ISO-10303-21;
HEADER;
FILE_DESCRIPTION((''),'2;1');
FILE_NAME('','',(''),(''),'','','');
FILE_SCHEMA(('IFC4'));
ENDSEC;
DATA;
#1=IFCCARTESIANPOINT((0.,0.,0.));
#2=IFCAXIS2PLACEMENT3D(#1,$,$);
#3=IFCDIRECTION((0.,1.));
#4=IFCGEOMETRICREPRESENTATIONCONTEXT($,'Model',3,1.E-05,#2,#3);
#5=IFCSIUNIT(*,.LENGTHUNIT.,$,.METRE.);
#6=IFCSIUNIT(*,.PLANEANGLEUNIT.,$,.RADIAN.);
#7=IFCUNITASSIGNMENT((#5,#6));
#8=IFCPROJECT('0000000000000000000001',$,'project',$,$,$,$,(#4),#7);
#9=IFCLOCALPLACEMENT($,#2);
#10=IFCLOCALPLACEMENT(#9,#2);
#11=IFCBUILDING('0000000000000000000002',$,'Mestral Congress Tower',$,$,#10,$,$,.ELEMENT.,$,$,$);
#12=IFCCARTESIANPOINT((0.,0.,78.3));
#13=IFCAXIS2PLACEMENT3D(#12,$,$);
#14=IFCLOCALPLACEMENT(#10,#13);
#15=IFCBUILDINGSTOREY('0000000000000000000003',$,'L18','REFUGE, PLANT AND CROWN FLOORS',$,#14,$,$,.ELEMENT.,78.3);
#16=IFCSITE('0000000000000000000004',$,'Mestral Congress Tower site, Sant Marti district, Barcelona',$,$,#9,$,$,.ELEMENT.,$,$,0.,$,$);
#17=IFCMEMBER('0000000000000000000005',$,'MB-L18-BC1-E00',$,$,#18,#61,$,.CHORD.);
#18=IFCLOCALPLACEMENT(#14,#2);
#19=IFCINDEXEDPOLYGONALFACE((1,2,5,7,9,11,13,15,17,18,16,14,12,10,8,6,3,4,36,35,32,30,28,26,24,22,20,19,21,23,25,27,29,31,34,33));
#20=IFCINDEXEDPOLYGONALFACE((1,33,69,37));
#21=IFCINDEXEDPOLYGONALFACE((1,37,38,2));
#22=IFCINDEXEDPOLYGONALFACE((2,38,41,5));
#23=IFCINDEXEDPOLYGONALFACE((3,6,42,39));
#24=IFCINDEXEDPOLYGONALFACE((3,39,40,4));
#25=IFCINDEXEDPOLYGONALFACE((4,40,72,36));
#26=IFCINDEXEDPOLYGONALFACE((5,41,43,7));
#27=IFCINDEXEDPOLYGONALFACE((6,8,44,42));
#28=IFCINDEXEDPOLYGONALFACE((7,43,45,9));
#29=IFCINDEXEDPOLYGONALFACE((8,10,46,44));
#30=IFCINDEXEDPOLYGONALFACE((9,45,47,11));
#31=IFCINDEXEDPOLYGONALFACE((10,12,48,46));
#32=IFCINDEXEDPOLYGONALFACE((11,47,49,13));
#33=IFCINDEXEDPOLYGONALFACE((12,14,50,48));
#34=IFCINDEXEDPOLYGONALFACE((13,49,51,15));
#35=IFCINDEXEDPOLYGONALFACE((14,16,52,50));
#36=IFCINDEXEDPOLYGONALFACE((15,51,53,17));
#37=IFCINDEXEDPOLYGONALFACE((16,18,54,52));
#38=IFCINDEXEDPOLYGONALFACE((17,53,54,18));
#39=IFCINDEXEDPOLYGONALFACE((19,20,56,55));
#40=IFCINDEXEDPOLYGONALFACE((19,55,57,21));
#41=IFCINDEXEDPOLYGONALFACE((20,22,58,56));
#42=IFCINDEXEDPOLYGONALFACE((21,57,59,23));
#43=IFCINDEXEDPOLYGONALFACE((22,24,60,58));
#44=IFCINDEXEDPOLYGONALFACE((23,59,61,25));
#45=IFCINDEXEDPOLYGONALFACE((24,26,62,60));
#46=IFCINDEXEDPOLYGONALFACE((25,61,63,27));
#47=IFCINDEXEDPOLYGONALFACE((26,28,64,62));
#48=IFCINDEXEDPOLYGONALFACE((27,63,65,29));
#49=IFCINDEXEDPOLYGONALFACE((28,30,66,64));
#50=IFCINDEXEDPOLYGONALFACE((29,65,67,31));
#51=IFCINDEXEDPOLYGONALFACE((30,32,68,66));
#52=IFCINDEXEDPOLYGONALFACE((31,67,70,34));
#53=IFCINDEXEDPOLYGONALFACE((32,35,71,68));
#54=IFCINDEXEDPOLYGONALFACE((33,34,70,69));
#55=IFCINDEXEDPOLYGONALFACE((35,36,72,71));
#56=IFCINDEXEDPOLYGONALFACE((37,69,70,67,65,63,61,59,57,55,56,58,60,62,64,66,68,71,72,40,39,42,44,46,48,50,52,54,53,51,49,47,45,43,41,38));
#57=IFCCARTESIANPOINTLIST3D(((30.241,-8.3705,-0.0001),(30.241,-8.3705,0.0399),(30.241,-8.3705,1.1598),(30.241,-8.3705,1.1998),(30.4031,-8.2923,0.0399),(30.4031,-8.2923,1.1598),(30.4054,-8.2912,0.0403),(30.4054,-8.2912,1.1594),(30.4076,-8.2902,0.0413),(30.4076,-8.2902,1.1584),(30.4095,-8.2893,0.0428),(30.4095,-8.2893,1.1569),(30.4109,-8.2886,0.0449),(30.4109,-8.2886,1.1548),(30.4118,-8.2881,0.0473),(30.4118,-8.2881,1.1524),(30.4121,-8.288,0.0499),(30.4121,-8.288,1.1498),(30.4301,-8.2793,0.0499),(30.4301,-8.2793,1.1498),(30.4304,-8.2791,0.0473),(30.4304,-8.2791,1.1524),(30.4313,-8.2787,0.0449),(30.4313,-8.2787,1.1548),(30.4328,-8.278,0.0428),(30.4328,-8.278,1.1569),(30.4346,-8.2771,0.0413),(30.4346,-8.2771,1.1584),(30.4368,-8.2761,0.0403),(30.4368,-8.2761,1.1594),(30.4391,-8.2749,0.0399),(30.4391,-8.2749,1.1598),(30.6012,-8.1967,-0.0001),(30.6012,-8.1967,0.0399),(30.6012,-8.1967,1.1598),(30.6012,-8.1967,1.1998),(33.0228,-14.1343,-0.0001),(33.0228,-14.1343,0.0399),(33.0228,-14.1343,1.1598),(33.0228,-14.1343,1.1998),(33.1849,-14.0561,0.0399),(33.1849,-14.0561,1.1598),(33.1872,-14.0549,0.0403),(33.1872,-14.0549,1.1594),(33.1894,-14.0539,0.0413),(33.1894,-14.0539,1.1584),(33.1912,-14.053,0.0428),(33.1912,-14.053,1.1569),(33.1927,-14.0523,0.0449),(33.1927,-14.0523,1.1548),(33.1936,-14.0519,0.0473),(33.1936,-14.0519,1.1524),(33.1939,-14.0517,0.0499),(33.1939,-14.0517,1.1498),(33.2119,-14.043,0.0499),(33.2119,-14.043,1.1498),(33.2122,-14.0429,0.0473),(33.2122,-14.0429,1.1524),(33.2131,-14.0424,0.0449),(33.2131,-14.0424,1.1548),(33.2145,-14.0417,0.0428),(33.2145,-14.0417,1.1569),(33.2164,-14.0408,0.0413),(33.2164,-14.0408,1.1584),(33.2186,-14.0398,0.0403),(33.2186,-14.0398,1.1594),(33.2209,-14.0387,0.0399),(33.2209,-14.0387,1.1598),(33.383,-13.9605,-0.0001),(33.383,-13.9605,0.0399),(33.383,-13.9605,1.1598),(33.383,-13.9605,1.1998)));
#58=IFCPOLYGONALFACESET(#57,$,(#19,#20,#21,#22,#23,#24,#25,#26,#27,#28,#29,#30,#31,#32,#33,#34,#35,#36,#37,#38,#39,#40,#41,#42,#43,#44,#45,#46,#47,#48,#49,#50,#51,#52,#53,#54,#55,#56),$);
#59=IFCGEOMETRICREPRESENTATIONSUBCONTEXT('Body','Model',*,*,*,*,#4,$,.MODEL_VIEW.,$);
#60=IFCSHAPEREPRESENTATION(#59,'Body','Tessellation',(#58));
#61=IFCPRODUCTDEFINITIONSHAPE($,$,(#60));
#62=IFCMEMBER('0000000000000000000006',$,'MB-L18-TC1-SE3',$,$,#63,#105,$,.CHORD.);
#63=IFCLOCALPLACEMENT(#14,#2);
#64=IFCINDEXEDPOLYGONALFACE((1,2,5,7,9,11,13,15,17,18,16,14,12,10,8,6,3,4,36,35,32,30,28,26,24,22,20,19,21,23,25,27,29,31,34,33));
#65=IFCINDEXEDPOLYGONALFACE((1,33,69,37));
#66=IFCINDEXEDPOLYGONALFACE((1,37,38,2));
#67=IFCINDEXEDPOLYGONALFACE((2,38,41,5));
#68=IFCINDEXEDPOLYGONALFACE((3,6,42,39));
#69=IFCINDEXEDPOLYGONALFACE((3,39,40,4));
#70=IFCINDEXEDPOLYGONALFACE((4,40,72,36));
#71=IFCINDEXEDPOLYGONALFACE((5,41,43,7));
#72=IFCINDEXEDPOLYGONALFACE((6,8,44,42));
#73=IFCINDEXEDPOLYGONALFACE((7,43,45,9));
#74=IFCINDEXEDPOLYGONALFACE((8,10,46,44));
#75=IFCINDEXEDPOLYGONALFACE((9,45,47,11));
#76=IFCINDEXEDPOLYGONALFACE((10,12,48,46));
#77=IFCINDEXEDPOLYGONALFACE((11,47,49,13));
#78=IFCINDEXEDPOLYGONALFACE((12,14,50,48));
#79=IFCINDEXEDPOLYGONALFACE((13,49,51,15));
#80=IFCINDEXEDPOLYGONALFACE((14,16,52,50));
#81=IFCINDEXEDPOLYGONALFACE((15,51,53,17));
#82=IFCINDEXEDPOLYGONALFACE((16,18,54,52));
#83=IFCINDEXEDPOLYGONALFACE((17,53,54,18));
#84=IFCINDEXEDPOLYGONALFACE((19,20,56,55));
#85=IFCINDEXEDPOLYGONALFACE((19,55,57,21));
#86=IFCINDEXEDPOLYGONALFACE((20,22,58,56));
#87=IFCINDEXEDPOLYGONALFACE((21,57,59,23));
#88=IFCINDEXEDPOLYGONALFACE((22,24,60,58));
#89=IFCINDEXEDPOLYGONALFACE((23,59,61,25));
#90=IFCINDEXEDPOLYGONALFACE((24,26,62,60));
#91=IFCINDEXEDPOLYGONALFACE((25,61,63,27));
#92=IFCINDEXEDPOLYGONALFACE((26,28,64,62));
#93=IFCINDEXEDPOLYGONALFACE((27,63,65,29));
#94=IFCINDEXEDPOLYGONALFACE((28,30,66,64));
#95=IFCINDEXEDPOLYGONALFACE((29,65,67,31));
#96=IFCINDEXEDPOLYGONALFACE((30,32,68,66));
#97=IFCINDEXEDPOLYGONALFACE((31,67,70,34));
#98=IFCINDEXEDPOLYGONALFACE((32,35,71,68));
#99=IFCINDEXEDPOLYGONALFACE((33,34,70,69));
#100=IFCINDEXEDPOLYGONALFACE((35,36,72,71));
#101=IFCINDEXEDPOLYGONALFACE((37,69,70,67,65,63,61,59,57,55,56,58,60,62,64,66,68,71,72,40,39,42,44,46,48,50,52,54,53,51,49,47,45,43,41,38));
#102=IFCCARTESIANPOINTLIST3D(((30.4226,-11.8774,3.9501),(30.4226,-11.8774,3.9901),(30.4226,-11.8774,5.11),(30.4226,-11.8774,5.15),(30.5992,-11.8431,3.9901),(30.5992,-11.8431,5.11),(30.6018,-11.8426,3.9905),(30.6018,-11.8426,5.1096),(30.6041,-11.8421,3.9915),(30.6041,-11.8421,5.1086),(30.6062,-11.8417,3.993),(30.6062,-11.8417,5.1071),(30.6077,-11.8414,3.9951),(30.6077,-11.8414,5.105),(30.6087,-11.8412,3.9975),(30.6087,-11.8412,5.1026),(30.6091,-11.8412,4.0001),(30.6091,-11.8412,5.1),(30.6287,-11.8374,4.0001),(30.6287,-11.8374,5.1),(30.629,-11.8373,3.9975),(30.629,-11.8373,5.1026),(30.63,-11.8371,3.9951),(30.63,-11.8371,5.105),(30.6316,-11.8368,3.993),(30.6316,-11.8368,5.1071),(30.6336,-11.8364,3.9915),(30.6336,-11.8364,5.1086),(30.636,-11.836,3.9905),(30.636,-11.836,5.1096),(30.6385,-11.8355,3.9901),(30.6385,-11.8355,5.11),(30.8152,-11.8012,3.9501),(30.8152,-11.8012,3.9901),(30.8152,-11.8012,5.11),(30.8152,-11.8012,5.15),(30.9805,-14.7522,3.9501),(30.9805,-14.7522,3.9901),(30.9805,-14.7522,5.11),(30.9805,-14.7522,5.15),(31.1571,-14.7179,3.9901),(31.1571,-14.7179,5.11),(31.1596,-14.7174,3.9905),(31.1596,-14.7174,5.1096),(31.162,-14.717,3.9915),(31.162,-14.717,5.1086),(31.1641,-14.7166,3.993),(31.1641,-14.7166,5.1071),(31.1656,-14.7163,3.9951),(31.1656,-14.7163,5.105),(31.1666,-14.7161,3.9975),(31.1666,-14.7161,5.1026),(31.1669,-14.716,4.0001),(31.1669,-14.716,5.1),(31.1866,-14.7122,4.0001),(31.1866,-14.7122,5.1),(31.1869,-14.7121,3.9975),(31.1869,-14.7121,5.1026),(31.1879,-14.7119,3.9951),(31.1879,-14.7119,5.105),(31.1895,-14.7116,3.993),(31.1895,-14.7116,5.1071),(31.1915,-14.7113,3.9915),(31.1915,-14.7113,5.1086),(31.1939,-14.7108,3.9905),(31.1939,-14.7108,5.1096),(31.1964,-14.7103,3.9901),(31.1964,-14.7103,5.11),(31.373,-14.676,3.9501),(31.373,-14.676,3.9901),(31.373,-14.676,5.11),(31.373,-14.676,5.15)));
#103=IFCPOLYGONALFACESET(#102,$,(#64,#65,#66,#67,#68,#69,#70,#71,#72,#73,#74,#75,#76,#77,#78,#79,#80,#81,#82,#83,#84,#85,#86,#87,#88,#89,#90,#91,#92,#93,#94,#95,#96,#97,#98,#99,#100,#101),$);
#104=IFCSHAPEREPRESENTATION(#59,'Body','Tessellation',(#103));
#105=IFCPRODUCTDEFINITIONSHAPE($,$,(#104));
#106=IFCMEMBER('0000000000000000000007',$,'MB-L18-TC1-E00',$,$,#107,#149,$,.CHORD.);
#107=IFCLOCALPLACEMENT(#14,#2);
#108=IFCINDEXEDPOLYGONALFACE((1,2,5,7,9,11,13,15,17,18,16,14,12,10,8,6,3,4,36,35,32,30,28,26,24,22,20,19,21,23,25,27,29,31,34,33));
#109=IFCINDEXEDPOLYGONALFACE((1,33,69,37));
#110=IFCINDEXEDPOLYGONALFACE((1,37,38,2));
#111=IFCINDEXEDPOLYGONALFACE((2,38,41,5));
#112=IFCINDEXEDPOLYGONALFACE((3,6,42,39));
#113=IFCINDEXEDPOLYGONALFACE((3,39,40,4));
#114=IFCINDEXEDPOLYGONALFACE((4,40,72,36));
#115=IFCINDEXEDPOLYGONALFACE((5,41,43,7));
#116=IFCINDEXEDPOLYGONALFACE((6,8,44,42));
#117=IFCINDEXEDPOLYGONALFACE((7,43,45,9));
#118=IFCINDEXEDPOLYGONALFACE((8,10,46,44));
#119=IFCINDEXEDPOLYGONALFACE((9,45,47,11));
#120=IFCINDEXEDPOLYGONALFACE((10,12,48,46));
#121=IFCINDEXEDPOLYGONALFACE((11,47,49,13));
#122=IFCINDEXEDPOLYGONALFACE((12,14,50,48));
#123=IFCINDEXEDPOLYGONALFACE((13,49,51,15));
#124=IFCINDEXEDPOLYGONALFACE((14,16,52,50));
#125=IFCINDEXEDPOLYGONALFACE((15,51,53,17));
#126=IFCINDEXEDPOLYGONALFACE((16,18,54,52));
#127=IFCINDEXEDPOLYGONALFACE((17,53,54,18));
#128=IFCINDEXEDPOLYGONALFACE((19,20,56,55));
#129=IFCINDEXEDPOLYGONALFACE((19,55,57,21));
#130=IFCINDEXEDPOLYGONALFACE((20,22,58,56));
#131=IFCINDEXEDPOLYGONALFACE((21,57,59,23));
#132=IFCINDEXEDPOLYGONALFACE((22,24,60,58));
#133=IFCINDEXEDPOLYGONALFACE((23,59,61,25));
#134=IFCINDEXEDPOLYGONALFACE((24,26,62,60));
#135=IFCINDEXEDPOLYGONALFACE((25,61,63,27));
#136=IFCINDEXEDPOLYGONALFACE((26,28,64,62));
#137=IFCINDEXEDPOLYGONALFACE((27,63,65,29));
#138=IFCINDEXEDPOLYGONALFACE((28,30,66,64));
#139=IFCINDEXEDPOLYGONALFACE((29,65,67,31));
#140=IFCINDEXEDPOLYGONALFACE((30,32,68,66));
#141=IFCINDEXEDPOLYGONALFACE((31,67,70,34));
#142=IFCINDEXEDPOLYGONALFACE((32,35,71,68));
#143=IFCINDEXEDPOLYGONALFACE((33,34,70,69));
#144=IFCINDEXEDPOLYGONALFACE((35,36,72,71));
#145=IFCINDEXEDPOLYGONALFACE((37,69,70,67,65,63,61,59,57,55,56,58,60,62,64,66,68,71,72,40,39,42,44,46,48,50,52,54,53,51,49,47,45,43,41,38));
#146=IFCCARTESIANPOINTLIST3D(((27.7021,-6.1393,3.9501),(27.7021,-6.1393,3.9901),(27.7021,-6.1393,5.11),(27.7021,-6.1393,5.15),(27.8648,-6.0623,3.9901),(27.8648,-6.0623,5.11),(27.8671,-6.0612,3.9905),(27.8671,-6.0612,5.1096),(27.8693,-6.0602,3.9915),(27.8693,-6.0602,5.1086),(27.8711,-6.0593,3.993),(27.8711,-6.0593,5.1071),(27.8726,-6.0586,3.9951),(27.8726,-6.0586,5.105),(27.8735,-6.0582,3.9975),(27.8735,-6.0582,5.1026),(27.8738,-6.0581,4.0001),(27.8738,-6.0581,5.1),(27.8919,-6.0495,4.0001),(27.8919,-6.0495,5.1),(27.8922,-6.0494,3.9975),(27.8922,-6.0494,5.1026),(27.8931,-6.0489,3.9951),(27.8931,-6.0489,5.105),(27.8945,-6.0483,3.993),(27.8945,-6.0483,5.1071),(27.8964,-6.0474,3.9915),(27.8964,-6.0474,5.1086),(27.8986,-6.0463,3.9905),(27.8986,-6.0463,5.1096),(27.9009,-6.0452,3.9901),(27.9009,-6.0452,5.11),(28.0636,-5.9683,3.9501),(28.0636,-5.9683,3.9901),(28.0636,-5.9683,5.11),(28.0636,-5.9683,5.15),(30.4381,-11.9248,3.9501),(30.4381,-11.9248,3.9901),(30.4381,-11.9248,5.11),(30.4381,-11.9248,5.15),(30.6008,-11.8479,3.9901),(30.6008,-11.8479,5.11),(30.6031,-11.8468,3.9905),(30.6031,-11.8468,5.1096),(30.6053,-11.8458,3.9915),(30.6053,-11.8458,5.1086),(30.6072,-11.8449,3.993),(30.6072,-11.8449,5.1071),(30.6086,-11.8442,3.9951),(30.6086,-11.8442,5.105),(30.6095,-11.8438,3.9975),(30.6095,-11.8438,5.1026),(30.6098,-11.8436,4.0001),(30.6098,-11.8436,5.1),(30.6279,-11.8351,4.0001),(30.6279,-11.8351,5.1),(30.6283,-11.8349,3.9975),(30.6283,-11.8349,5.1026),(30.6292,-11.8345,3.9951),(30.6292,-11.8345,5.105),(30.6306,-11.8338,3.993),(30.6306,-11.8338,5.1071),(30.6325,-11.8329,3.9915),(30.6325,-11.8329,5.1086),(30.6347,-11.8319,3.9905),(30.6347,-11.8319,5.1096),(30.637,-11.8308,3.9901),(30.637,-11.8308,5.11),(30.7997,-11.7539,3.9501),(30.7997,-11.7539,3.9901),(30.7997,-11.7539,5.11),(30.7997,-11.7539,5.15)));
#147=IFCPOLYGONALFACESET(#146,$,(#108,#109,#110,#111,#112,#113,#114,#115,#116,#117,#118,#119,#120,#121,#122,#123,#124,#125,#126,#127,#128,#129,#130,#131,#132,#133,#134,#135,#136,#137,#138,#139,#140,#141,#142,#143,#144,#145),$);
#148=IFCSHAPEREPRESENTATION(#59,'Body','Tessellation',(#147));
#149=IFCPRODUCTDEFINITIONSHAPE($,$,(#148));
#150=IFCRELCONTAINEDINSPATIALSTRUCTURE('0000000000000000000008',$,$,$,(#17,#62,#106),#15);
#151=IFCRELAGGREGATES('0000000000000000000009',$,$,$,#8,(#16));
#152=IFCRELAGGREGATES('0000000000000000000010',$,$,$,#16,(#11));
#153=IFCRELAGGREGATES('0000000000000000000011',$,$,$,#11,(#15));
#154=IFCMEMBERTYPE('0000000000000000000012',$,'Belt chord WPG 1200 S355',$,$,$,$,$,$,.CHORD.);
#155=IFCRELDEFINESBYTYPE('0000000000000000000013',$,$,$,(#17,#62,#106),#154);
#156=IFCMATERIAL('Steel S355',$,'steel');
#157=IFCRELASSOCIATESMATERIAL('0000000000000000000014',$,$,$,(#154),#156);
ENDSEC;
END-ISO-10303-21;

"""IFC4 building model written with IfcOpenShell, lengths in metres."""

from ifc_helpers import new_model, si_unit, direction, frame, origin, origin_2d, place, context, subcontext, project, spatial, i_section, extrude, material, material_profile, profile_set, type_object, element, save


model = new_model("IFC4")

# Units and contexts
model_context = context("Model", 3, precision=1e-05, world=origin(), true_north=direction((0.0, 1.0)))
body_context = subcontext(model_context, "Body", "Model", "MODEL_VIEW")
ifc_project = project(units=[si_unit("LENGTHUNIT", "METRE"), si_unit("PLANEANGLEUNIT", "RADIAN")], contexts=[model_context])

# Site, building, storey
site_placement = place(None, origin())
site = spatial("IfcSite", under=ifc_project, at=site_placement, Name="Mestral Congress Tower site, Sant Marti district, Barcelona", CompositionType="ELEMENT", RefElevation=0.0)
building_placement = place(site_placement, origin())
building = spatial("IfcBuilding", under=site, at=building_placement, Name="Mestral Congress Tower", CompositionType="ELEMENT")
storey_placement = place(building_placement, frame((0.0, 0.0, 78.3)))
storey = spatial("IfcBuildingStorey", under=building, at=storey_placement, Name="L18", Description="REFUGE, PLANT AND CROWN FLOORS", CompositionType="ELEMENT", Elevation=78.3)

# Members
ifc_material_1 = material(Name="Steel S355", Category="steel")
ifc_material_profile_1 = material_profile(ifc_material_1, i_section(OverallWidth=0.3999, OverallDepth=1.2, WebThickness=0.02, FlangeThickness=0.04, FilletRadius=0.01, at=origin_2d()), Name="WPG 1200")
ifc_profile_set_1 = profile_set([ifc_material_profile_1], Name="Steel S355")
member_type_1 = type_object("IfcMemberType", Name="Belt chord WPG 1200 S355", PredefinedType="CHORD", material=ifc_profile_set_1)
member_1_placement = place(storey_placement, frame((33.2029, -14.0474, 0.5999), z_axis=(-0.434657, 0.900596, 0.0), x_axis=(-0.900596, -0.434657, 0.0)))
element("IfcMember", 1, at=member_1_placement, inside=storey, type_object=member_type_1, Name="MB-L18-BC1-E00", PredefinedType="CHORD", context=body_context, shape_type="SweptSolid", body=[
    extrude(i_section(OverallWidth=0.3999, OverallDepth=1.2, WebThickness=0.02, FlangeThickness=0.04, FilletRadius=0.01, at=origin_2d()), origin(), (0.0, 0.0, 1.0), 6.3999),
])
member_2_placement = place(storey_placement, frame((31.1768, -14.7141, 4.55), z_axis=(-0.190501, 0.981687, 0.0), x_axis=(-0.981687, -0.190501, 0.0)))
element("IfcMember", 2, at=member_2_placement, inside=storey, type_object=member_type_1, Name="MB-L18-TC1-SE3", PredefinedType="CHORD", context=body_context, shape_type="SweptSolid", body=[
    extrude(i_section(OverallWidth=0.3999, OverallDepth=1.2, WebThickness=0.02, FlangeThickness=0.04, FilletRadius=0.01, at=origin_2d()), origin(), (0.0, 0.0, 1.0), 2.9285),
])
member_3_placement = place(storey_placement, frame((30.6189, -11.8394, 4.55), z_axis=(-0.427514, 0.904009, 0.0), x_axis=(-0.904009, -0.427514, 0.0)))
element("IfcMember", 3, at=member_3_placement, inside=storey, type_object=member_type_1, Name="MB-L18-TC1-E00", PredefinedType="CHORD", context=body_context, shape_type="SweptSolid", body=[
    extrude(i_section(OverallWidth=0.3999, OverallDepth=1.2, WebThickness=0.02, FlangeThickness=0.04, FilletRadius=0.01, at=origin_2d()), origin(), (0.0, 0.0, 1.0), 6.3999),
])

save(model, "model.ifc")
